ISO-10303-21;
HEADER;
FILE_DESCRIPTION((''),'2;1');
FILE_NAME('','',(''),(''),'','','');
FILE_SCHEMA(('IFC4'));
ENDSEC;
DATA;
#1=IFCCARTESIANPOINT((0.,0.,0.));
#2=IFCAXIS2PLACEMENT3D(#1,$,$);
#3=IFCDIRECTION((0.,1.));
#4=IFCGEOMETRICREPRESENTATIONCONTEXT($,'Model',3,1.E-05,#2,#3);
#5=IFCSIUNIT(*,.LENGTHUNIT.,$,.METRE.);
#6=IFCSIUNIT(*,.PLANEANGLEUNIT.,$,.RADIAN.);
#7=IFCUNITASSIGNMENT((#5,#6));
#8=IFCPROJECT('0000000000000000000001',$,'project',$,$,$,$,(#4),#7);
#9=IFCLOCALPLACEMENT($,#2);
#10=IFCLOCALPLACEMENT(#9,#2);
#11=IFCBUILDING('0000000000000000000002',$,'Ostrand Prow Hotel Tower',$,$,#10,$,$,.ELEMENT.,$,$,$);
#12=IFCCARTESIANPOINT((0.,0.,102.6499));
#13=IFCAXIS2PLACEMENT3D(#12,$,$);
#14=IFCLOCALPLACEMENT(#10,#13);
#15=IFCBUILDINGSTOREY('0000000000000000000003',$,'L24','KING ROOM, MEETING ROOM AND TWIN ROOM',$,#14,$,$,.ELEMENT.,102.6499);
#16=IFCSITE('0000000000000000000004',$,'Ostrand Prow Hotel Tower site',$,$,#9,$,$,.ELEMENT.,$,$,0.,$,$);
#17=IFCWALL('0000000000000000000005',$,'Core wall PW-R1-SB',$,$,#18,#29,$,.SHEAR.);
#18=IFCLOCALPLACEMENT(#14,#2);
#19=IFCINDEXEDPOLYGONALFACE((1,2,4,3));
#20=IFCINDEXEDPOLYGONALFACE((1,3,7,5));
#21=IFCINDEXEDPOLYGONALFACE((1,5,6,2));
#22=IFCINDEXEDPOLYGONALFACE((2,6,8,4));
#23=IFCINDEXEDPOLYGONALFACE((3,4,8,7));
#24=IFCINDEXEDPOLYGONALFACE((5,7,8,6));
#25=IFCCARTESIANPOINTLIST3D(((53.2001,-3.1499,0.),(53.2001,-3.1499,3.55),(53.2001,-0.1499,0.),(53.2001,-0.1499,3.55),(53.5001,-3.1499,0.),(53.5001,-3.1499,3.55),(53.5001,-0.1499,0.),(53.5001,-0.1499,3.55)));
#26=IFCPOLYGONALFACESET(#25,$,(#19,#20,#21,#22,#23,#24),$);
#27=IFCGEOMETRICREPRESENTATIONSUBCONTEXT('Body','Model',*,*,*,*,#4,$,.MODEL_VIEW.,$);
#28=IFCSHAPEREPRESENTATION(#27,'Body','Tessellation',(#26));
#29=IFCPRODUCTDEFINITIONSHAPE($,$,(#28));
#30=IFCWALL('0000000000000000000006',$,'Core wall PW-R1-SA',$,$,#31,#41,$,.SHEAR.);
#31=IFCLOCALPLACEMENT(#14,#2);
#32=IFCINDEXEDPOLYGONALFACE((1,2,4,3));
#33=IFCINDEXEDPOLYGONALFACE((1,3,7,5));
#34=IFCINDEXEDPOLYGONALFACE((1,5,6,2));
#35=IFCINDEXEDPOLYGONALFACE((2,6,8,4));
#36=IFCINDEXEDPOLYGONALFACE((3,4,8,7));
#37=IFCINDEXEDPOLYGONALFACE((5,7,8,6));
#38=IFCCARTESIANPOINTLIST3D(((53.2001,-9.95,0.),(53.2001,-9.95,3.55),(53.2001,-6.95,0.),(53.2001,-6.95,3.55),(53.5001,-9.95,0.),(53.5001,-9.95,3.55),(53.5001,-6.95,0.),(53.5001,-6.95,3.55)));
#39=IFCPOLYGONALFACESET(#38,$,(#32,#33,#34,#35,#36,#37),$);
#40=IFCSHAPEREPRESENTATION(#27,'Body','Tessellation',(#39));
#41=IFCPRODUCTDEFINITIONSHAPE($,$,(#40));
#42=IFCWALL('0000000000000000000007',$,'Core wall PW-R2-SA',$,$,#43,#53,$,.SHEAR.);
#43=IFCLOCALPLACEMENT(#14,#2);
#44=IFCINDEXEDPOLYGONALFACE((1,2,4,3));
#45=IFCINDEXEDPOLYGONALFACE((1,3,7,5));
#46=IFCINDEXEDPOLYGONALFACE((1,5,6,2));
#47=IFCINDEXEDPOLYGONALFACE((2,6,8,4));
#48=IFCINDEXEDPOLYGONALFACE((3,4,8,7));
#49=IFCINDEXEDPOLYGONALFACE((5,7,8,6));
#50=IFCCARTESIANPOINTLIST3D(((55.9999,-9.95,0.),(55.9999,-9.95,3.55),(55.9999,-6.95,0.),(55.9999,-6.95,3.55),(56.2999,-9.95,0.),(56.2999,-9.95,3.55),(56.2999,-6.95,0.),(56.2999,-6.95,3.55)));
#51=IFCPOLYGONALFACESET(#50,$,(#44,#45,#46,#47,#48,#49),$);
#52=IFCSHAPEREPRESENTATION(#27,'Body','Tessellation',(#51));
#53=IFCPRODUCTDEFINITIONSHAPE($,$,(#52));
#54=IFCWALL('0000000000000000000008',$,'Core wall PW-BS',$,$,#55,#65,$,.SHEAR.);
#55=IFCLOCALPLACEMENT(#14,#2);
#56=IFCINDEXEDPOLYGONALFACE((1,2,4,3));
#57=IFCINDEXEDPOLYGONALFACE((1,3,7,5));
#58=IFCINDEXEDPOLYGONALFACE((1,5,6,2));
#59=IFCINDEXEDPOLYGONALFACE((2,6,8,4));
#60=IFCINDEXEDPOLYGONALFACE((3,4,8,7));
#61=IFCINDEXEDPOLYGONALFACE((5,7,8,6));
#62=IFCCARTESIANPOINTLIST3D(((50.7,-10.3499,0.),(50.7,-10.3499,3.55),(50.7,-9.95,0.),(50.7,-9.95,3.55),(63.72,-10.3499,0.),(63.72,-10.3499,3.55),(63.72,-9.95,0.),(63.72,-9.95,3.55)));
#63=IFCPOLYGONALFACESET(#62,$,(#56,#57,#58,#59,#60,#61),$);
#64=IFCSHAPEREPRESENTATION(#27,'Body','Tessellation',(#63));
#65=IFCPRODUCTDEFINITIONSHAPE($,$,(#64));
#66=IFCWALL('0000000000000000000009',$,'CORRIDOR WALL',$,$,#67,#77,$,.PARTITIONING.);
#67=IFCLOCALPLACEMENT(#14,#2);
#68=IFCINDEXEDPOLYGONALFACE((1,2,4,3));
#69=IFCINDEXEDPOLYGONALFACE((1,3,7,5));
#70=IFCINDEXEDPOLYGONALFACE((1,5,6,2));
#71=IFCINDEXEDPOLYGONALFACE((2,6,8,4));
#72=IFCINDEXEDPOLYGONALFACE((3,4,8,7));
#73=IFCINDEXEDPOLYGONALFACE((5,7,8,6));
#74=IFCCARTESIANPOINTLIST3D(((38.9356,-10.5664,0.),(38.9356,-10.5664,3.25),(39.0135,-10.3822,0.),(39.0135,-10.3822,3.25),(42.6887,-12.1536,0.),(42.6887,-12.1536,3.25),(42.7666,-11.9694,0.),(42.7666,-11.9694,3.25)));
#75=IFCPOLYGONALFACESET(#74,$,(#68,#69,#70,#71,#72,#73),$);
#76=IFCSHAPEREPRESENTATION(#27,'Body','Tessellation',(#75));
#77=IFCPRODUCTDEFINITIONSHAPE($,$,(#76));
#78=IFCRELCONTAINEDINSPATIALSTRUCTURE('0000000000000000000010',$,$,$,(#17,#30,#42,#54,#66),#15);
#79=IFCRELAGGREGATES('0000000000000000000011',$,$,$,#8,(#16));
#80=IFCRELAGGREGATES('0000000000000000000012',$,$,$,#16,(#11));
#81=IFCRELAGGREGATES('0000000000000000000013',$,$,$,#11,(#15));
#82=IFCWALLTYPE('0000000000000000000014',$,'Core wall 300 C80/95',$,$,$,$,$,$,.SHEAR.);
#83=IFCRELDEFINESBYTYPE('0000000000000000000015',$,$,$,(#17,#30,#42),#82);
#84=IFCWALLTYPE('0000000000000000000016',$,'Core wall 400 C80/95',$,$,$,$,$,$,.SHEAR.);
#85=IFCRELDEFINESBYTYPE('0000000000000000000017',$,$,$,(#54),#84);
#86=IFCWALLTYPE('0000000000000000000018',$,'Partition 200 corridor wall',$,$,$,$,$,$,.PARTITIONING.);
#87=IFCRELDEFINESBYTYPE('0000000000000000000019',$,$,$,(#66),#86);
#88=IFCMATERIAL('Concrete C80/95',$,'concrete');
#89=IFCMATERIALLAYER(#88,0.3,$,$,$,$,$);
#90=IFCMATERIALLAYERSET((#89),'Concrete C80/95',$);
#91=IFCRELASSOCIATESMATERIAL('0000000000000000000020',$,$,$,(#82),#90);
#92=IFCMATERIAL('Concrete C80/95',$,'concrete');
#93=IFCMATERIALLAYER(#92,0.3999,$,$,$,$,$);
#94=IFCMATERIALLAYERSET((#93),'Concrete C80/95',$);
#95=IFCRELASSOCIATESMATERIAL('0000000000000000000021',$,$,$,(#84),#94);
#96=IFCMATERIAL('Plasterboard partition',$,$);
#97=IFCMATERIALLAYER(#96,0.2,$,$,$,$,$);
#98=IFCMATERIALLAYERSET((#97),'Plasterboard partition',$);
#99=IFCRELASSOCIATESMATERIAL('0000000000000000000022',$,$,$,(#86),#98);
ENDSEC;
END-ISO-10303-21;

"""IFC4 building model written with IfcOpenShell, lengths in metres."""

from ifc_helpers import new_model, si_unit, direction, frame, frame_2d, origin, place, context, subcontext, project, spatial, rectangle, extrude, material, layer, layer_set, type_object, element, save


model = new_model("IFC4")

# Units and contexts
model_context = context("Model", 3, precision=1e-05, world=origin(), true_north=direction((0.0, 1.0)))
body_context = subcontext(model_context, "Body", "Model", "MODEL_VIEW")
ifc_project = project(units=[si_unit("LENGTHUNIT", "METRE"), si_unit("PLANEANGLEUNIT", "RADIAN")], contexts=[model_context])

# Site, building, storey
site_placement = place(None, origin())
site = spatial("IfcSite", under=ifc_project, at=site_placement, Name="Ostrand Prow Hotel Tower site", CompositionType="ELEMENT", RefElevation=0.0)
building_placement = place(site_placement, origin())
building = spatial("IfcBuilding", under=site, at=building_placement, Name="Ostrand Prow Hotel Tower", CompositionType="ELEMENT")
storey_placement = place(building_placement, frame((0.0, 0.0, 102.6499)))
storey = spatial("IfcBuildingStorey", under=building, at=storey_placement, Name="L24", Description="KING ROOM, MEETING ROOM AND TWIN ROOM", CompositionType="ELEMENT", Elevation=102.6499)

# Shared definitions
ifc_material_1 = material(Name="Concrete C80/95", Category="concrete")
ifc_layer_1 = layer(ifc_material_1, 0.3)
ifc_layer_set_1 = layer_set([ifc_layer_1], Name="Concrete C80/95")
wall_type_1 = type_object("IfcWallType", Name="Core wall 300 C80/95", PredefinedType="SHEAR", material=ifc_layer_set_1)

# Walls
for number, where, z_axis, x_axis, name in (
    (1, (53.3501, -3.1499, 0.0), (0.0, 0.0, 1.0), (0.0, 1.0, 0.0), "Core wall PW-R1-SB"),
    (2, (53.3501, -9.95, 0.0), (0.0, 0.0, 1.0), (0.0, 1.0, 0.0), "Core wall PW-R1-SA"),
    (3, (56.1499, -9.95, 0.0), (0.0, 0.0, 1.0), (0.0, 1.0, 0.0), "Core wall PW-R2-SA"),
):
    element("IfcWall", number, at=place(storey_placement, frame(where, z_axis=z_axis, x_axis=x_axis)), inside=storey, type_object=wall_type_1, Name=name, PredefinedType="SHEAR", context=body_context, shape_type="SweptSolid", body=[
        extrude(rectangle(XDim=3.0, YDim=0.3, at=frame_2d((1.5, 0.0))), origin(), (0.0, 0.0, 1.0), 3.55),
    ])
ifc_material_2 = material(Name="Concrete C80/95", Category="concrete")
ifc_layer_2 = layer(ifc_material_2, 0.3999)
ifc_layer_set_2 = layer_set([ifc_layer_2], Name="Concrete C80/95")
wall_type_2 = type_object("IfcWallType", Name="Core wall 400 C80/95", PredefinedType="SHEAR", material=ifc_layer_set_2)
wall_1_placement = place(storey_placement, frame((50.7, -10.1499, 0.0), z_axis=(0.0, 0.0, 1.0), x_axis=(1.0, 0.0, 0.0)))
element("IfcWall", 4, at=wall_1_placement, inside=storey, type_object=wall_type_2, Name="Core wall PW-BS", PredefinedType="SHEAR", context=body_context, shape_type="SweptSolid", body=[
    extrude(rectangle(XDim=13.02, YDim=0.3999, at=frame_2d((6.51, 0.0))), origin(), (0.0, 0.0, 1.0), 3.55),
])
ifc_material_3 = material(Name="Plasterboard partition")
ifc_layer_3 = layer(ifc_material_3, 0.2)
ifc_layer_set_3 = layer_set([ifc_layer_3], Name="Plasterboard partition")
wall_type_3 = type_object("IfcWallType", Name="Partition 200 corridor wall", PredefinedType="PARTITIONING", material=ifc_layer_set_3)
wall_2_placement = place(storey_placement, frame((42.7278, -12.0615, 0.0), z_axis=(0.0, 0.0, 1.0), x_axis=(-0.921031, 0.389489, 0.0)))
element("IfcWall", 5, at=wall_2_placement, inside=storey, type_object=wall_type_3, Name="CORRIDOR WALL", PredefinedType="PARTITIONING", context=body_context, shape_type="SweptSolid", body=[
    extrude(rectangle(XDim=4.075, YDim=0.2, at=frame_2d((2.0376, 0.0))), origin(), (0.0, 0.0, 1.0), 3.25),
])

save(model, "model.ifc")
